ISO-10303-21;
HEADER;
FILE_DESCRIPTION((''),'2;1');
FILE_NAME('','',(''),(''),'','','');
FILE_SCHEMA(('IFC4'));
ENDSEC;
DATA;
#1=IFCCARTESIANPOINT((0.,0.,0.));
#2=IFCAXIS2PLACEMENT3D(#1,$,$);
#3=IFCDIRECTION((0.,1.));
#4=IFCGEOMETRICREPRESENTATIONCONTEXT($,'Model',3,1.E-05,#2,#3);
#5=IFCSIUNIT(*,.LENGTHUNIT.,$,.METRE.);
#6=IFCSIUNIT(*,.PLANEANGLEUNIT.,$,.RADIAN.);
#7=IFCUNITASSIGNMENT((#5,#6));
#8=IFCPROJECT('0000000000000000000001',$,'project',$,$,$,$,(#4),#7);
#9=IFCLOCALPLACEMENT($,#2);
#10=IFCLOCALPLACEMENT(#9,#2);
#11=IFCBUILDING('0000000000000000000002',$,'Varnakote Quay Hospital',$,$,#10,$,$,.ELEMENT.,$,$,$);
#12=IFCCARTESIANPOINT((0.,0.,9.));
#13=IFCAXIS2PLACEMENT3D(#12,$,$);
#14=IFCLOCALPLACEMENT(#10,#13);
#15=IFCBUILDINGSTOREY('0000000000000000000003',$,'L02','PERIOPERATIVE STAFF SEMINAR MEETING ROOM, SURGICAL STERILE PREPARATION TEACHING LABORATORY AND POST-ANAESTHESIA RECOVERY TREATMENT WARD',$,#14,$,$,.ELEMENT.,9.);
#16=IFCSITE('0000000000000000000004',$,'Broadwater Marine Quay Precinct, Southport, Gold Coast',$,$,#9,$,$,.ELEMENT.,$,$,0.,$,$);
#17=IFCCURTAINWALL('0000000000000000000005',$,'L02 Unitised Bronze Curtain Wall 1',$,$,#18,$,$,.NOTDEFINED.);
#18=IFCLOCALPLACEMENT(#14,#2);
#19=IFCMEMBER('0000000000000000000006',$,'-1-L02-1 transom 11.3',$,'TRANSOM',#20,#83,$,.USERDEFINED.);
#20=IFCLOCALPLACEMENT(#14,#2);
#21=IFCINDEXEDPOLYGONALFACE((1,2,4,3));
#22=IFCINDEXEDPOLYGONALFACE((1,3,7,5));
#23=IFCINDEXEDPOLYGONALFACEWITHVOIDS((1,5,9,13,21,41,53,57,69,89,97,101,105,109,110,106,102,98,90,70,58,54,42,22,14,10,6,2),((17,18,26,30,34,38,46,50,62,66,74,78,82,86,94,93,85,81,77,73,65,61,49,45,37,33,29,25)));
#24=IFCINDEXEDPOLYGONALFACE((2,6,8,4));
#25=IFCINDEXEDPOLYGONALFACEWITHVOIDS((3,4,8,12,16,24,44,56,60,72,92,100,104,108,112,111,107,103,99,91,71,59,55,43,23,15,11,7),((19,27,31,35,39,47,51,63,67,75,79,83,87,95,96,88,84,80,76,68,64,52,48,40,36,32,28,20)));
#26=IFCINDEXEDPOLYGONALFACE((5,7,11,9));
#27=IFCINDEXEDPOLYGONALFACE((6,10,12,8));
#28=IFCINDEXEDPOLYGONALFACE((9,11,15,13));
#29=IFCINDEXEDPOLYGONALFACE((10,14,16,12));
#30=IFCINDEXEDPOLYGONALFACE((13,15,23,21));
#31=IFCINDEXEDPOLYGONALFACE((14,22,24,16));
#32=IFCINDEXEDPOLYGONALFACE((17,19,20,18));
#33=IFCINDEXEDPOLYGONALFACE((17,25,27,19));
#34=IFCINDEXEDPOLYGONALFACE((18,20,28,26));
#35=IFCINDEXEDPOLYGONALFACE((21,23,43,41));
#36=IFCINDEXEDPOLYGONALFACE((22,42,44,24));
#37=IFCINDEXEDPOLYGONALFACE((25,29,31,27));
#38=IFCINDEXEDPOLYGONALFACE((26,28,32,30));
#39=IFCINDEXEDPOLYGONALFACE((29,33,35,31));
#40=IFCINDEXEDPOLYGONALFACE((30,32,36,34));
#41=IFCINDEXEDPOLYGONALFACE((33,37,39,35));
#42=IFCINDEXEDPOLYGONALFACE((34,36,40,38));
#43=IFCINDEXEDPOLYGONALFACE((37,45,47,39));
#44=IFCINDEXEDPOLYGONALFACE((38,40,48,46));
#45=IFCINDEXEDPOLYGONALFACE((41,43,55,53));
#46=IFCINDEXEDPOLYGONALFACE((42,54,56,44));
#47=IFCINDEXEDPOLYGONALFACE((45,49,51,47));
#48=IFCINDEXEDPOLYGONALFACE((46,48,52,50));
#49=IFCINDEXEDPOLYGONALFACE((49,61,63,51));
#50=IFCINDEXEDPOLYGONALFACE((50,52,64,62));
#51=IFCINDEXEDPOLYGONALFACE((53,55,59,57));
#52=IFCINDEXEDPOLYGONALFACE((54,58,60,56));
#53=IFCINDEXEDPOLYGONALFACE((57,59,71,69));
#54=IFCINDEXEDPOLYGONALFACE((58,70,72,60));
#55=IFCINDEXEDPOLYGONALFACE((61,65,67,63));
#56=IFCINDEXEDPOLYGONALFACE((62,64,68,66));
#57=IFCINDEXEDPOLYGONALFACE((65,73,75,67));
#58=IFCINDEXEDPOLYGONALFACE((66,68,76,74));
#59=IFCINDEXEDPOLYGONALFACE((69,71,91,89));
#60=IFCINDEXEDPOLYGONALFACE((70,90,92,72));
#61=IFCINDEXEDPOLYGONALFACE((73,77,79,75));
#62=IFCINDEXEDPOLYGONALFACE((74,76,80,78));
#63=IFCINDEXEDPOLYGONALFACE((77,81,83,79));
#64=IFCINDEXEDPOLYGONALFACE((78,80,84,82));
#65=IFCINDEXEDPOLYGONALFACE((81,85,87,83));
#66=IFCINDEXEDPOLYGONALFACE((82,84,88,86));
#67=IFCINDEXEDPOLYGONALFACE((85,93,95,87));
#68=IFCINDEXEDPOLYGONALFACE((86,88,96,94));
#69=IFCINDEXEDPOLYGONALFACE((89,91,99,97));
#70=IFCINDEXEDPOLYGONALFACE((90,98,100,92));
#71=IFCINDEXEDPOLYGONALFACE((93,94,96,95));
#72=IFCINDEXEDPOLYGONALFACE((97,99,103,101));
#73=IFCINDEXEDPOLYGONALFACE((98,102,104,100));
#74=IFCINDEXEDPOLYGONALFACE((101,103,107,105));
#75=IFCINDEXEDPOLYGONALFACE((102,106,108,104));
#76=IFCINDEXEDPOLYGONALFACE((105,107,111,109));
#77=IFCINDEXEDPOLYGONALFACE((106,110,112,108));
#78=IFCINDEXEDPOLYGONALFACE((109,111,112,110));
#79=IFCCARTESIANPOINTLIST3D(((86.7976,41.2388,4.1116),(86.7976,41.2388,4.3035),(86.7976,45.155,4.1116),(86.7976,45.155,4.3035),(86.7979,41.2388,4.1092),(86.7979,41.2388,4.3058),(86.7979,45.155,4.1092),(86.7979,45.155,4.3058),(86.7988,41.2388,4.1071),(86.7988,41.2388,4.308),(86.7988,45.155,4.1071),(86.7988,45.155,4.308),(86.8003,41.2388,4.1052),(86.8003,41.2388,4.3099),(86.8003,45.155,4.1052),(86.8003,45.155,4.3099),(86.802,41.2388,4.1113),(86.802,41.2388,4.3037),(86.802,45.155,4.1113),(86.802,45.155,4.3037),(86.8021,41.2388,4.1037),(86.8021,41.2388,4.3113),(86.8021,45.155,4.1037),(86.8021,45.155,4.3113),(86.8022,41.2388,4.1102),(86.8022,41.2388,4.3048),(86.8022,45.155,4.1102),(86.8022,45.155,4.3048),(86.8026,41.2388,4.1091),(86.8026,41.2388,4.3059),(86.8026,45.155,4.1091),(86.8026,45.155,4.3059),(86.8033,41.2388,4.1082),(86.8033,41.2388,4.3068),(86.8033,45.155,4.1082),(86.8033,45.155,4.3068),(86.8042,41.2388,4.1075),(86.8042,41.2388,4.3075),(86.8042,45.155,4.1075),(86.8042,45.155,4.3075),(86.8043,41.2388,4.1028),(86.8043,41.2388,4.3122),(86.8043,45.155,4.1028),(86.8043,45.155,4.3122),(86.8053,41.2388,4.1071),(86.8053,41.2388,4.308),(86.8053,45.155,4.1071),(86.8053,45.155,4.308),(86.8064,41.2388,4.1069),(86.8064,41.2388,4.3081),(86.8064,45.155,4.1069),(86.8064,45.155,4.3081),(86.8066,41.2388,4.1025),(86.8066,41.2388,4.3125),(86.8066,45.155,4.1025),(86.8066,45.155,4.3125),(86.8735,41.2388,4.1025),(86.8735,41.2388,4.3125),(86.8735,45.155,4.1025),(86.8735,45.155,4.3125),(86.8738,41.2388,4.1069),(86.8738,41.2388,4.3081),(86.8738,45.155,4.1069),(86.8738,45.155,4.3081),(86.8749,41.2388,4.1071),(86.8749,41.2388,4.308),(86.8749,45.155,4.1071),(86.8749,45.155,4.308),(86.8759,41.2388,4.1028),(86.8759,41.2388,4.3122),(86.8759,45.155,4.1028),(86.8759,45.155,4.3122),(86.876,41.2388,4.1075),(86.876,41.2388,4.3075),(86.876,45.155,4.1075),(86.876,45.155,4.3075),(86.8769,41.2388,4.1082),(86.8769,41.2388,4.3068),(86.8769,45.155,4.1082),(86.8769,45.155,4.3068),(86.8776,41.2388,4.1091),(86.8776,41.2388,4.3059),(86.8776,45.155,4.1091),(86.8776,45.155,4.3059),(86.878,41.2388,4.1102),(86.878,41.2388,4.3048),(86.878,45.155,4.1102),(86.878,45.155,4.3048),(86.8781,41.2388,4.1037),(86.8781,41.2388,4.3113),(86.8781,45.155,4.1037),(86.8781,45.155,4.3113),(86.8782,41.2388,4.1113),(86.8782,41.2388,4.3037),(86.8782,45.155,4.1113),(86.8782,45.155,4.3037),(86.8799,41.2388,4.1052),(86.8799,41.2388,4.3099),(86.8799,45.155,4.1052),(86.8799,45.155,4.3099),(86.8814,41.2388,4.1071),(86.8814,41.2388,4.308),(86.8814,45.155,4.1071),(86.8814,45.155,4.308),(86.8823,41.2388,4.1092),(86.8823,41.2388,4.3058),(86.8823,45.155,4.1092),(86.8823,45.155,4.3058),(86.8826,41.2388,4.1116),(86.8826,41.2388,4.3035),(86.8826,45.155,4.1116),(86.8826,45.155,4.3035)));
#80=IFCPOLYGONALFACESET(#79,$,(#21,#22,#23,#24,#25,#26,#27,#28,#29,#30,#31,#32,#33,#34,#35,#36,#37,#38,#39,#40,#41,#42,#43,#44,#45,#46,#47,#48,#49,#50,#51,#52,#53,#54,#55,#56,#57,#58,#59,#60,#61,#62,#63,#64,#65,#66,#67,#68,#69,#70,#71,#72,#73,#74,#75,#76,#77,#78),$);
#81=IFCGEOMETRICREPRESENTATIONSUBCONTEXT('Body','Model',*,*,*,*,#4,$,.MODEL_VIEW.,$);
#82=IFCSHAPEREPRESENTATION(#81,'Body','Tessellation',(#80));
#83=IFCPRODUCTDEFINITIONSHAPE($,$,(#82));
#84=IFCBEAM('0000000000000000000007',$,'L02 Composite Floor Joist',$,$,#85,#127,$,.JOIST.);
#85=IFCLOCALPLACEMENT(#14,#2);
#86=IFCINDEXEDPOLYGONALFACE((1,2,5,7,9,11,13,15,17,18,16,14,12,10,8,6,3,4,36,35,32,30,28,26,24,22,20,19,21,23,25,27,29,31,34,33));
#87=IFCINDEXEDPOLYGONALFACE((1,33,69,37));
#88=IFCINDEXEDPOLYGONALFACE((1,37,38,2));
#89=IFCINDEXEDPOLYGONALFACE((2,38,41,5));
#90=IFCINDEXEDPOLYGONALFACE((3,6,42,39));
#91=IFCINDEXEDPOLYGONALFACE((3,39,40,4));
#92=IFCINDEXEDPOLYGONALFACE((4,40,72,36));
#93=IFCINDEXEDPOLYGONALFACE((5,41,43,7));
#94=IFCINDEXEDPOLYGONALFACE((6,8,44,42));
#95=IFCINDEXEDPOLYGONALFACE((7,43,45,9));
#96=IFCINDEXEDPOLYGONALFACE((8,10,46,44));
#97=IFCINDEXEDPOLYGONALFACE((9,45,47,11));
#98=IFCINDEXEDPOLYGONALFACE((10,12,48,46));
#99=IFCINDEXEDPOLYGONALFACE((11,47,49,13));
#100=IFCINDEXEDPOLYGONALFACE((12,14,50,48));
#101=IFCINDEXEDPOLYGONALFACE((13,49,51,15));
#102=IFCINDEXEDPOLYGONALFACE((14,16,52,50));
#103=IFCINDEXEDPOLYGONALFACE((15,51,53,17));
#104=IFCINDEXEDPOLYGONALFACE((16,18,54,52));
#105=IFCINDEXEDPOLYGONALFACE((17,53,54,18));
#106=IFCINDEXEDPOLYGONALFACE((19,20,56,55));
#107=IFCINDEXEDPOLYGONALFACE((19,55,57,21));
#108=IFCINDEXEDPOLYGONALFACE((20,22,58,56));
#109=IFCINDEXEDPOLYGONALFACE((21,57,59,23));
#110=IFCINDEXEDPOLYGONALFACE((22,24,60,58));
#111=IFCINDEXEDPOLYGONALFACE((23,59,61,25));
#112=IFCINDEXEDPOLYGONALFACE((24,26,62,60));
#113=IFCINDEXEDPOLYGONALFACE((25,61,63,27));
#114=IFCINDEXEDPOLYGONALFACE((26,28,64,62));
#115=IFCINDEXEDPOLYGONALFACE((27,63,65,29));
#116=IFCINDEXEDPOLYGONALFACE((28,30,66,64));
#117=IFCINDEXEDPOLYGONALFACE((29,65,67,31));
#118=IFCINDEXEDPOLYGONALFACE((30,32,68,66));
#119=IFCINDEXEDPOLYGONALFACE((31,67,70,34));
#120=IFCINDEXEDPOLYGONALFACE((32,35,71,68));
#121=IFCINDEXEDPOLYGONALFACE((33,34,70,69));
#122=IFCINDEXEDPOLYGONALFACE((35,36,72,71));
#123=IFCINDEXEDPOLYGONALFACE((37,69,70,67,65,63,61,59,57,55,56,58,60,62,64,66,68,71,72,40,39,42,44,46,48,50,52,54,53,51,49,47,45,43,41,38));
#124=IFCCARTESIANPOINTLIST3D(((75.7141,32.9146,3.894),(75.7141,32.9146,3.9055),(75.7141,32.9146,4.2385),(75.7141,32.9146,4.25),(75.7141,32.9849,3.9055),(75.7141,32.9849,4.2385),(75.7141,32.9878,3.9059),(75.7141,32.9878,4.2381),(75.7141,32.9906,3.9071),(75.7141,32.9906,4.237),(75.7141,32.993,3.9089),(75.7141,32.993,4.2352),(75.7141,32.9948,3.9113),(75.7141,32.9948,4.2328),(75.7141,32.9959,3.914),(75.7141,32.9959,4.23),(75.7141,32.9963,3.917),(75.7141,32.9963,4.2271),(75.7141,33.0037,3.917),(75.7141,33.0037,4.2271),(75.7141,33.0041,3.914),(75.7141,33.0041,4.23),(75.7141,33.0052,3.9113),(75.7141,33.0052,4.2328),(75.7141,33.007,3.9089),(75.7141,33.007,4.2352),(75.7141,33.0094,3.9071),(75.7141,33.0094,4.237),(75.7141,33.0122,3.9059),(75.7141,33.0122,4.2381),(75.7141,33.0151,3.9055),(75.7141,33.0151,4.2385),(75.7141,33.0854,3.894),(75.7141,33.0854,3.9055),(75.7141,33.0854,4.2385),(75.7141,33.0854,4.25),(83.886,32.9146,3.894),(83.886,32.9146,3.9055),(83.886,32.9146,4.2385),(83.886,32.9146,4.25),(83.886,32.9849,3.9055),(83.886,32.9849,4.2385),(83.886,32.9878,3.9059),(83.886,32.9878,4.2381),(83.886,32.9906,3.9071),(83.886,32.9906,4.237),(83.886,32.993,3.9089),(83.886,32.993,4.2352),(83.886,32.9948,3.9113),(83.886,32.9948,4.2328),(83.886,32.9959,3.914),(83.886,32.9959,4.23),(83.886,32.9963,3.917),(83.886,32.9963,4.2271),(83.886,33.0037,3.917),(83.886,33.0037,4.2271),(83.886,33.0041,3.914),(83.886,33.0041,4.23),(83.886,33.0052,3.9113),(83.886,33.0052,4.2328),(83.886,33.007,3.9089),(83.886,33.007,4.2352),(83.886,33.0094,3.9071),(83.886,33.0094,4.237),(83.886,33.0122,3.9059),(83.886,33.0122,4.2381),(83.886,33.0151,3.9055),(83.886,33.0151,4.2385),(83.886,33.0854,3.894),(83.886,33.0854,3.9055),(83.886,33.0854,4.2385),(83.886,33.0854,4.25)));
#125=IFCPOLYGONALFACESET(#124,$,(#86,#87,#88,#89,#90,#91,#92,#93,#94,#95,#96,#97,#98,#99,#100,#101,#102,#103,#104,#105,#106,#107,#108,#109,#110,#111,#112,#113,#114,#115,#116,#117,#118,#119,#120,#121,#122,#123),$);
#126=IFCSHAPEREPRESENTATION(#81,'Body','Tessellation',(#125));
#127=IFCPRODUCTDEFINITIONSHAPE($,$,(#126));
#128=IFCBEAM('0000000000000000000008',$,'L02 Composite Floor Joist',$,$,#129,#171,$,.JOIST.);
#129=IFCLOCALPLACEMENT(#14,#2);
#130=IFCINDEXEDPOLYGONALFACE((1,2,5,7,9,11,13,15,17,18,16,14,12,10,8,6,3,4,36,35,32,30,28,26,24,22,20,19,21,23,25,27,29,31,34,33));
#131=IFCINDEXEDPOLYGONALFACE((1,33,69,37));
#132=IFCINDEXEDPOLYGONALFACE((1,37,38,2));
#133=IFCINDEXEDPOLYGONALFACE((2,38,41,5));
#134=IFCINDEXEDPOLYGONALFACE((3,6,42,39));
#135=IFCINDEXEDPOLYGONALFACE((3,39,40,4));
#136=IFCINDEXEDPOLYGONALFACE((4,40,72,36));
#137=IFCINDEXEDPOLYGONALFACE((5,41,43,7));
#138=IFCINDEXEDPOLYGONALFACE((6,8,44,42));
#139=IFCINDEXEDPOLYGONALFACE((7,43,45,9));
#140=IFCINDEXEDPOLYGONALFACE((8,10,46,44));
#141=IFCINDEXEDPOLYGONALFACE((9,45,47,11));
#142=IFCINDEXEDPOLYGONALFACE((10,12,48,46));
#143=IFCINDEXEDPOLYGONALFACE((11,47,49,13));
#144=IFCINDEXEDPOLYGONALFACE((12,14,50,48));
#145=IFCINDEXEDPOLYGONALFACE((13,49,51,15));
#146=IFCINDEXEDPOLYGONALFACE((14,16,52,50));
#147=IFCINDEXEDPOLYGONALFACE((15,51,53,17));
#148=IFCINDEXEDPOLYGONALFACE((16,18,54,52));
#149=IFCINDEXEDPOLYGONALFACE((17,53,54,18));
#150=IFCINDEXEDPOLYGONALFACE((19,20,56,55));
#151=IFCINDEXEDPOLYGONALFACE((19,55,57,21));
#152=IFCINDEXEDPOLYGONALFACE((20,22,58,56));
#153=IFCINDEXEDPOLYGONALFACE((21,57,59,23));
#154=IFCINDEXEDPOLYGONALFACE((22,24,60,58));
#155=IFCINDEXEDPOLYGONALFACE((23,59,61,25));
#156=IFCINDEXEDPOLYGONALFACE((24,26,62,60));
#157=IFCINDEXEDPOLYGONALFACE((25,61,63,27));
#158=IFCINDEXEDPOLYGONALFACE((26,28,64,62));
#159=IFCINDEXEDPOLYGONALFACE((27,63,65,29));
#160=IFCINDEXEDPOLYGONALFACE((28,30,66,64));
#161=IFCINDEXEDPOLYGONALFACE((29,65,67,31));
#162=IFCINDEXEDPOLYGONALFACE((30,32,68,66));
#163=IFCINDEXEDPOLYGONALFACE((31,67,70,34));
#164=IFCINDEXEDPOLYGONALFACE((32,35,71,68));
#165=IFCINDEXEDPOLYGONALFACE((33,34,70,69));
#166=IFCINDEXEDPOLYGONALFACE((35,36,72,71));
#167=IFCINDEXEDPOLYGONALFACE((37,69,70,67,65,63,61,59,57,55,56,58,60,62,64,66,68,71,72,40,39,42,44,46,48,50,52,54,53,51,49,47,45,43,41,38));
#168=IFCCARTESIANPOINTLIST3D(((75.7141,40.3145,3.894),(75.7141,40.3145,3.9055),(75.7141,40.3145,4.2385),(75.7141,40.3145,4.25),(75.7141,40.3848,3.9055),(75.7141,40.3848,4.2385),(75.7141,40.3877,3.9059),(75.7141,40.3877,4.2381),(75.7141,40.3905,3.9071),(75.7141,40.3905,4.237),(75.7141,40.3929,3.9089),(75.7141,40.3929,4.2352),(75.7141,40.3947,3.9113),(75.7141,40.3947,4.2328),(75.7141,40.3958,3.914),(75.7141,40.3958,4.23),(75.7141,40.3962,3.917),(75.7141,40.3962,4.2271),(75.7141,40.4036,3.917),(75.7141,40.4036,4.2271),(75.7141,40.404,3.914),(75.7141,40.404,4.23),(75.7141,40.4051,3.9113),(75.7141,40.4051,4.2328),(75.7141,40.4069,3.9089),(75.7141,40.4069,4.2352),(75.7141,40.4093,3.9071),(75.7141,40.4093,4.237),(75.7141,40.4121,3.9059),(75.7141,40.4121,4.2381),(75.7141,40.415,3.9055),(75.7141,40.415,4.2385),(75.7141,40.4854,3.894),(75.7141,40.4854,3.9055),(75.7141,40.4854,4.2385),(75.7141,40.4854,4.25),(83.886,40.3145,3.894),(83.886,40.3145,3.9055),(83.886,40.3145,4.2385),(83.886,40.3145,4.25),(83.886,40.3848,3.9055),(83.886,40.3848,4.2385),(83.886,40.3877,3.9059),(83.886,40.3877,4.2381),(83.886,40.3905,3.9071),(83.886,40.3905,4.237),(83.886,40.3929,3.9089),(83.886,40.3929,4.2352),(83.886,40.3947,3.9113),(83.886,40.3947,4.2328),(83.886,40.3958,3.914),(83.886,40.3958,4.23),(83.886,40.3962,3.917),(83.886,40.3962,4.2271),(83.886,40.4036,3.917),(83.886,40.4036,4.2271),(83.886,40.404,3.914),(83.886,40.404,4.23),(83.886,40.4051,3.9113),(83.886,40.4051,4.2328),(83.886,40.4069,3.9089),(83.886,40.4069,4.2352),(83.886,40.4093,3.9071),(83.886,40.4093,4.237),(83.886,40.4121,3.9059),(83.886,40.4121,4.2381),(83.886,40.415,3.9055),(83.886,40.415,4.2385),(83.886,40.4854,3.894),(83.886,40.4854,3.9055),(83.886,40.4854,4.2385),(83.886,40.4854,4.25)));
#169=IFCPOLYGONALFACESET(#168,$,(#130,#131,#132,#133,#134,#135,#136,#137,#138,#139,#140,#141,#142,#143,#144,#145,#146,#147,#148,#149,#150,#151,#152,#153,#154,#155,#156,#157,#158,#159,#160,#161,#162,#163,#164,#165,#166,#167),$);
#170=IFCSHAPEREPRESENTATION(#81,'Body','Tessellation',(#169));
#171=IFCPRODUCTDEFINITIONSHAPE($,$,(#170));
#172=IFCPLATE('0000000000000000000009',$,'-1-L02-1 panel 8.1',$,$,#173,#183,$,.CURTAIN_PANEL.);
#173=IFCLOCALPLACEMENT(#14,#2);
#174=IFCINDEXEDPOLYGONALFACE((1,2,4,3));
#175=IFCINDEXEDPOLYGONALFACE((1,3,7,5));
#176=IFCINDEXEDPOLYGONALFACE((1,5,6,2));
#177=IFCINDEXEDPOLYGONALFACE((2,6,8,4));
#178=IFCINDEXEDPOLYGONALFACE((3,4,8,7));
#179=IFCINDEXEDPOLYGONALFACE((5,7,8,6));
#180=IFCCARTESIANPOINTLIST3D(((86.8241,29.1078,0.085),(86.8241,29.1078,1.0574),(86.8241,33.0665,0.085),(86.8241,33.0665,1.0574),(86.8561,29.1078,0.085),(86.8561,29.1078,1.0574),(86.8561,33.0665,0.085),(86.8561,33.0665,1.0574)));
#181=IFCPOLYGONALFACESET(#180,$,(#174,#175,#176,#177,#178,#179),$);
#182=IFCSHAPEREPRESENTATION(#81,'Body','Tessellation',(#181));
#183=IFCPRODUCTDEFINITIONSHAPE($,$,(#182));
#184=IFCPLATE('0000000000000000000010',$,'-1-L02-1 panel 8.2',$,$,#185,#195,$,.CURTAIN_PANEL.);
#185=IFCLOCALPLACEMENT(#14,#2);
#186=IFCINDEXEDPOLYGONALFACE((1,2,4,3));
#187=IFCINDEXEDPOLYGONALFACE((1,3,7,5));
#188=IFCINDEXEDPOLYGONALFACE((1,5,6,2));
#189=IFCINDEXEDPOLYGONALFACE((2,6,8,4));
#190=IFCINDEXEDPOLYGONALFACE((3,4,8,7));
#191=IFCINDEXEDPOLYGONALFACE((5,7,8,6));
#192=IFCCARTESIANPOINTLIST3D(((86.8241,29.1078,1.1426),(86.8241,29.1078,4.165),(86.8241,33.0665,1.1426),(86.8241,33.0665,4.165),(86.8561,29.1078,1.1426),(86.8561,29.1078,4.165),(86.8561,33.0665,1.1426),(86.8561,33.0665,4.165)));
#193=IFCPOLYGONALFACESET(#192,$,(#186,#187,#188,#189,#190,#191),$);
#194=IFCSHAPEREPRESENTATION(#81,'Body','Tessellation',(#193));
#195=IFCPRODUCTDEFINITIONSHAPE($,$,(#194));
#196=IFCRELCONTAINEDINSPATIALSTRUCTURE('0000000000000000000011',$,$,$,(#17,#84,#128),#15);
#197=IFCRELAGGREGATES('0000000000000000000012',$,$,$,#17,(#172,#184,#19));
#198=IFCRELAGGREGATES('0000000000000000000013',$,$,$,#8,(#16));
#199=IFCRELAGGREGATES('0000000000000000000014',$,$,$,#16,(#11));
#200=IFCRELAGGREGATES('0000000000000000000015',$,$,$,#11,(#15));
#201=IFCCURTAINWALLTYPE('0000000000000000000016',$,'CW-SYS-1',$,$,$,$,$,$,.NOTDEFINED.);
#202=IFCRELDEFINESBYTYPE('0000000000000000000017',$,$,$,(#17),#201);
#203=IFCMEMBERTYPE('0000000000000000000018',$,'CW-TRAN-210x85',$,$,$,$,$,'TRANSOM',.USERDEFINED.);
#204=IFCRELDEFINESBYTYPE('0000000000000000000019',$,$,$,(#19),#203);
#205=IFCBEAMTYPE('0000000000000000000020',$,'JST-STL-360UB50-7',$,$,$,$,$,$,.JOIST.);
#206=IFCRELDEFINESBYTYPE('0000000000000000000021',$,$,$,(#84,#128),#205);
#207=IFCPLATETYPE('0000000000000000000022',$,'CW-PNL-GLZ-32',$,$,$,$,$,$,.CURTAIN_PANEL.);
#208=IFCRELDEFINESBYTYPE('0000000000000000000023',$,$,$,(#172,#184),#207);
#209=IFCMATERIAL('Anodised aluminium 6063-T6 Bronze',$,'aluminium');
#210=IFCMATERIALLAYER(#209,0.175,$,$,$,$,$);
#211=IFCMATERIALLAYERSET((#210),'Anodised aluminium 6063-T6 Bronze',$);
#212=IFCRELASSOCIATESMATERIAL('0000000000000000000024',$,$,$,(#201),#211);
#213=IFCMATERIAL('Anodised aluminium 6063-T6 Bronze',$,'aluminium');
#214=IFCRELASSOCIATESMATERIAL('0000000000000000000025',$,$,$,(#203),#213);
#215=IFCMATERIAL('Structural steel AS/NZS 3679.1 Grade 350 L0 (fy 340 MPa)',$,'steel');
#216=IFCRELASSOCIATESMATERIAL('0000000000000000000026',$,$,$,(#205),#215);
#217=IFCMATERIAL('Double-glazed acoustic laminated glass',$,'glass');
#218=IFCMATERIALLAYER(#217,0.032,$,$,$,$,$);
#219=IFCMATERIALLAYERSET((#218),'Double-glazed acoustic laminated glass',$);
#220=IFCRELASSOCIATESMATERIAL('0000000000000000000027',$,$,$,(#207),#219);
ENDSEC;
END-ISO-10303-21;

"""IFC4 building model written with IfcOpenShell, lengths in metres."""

from ifc_helpers import new_model, si_unit, direction, frame, origin, origin_2d, place, context, subcontext, project, spatial, rectangle, hollow_rectangle, i_section, extrude, material, layer, layer_set, material_profile, profile_set, type_object, element, aggregate, save


model = new_model("IFC4")

# Units and contexts
model_context = context("Model", 3, precision=1e-05, world=origin(), true_north=direction((0.0, 1.0)))
body_context = subcontext(model_context, "Body", "Model", "MODEL_VIEW")
ifc_project = project(units=[si_unit("LENGTHUNIT", "METRE"), si_unit("PLANEANGLEUNIT", "RADIAN")], contexts=[model_context])

# Site, building, storey
site_placement = place(None, origin())
site = spatial("IfcSite", under=ifc_project, at=site_placement, Name="Broadwater Marine Quay Precinct, Southport, Gold Coast", CompositionType="ELEMENT", RefElevation=0.0)
building_placement = place(site_placement, origin())
building = spatial("IfcBuilding", under=site, at=building_placement, Name="Varnakote Quay Hospital", CompositionType="ELEMENT")
storey_placement = place(building_placement, frame((0.0, 0.0, 9.0)))
storey = spatial("IfcBuildingStorey", under=building, at=storey_placement, Name="L02", Description="PERIOPERATIVE STAFF SEMINAR MEETING ROOM, SURGICAL STERILE PREPARATION TEACHING LABORATORY AND POST-ANAESTHESIA RECOVERY TREATMENT WARD", CompositionType="ELEMENT", Elevation=9.0)

# Curtain wall, member
ifc_material_1 = material(Name="Anodised aluminium 6063-T6 Bronze", Category="aluminium")
ifc_layer_1 = layer(ifc_material_1, 0.175)
ifc_layer_set_1 = layer_set([ifc_layer_1], Name="Anodised aluminium 6063-T6 Bronze")
curtain_wall_type = type_object("IfcCurtainWallType", Name="CW-SYS-1", PredefinedType="NOTDEFINED", material=ifc_layer_set_1)
curtain_wall_placement = place(storey_placement, origin())
curtain_wall = element("IfcCurtainWall", 1, at=curtain_wall_placement, inside=storey, type_object=curtain_wall_type, Name="L02 Unitised Bronze Curtain Wall 1", PredefinedType="NOTDEFINED")
ifc_material_2 = material(Name="Anodised aluminium 6063-T6 Bronze", Category="aluminium")
ifc_material_profile_1 = material_profile(ifc_material_2, hollow_rectangle(XDim=0.085, YDim=0.21, WallThickness=0.0044, InnerFilletRadius=0.0044, OuterFilletRadius=0.009, at=origin_2d()), Name="CW-TRAN-210x85")
ifc_profile_set_1 = profile_set([ifc_material_profile_1], Name="Anodised aluminium 6063-T6 Bronze")
member_type_1 = type_object("IfcMemberType", Name="CW-TRAN-210x85", ElementType="TRANSOM", PredefinedType="USERDEFINED", material=ifc_profile_set_1)
member_1_placement = place(storey_placement, frame((86.8401, 41.2388, 4.2075), z_axis=(0.0, 1.0, 0.0), x_axis=(-1.0, 0.0, 0.0)))
member_1 = element("IfcMember", 2, at=member_1_placement, type_object=member_type_1, Name="-1-L02-1 transom 11.3", ObjectType="TRANSOM", PredefinedType="USERDEFINED", context=body_context, shape_type="SweptSolid", body=[
    extrude(hollow_rectangle(XDim=0.085, YDim=0.21, WallThickness=0.0044, InnerFilletRadius=0.0044, OuterFilletRadius=0.009, at=origin_2d()), origin(), (0.0, 0.0, 1.0), 3.9163),
])

# Beams
ifc_material_3 = material(Name="Structural steel AS/NZS 3679.1 Grade 350 L0 (fy 340 MPa)", Category="steel")
ifc_material_profile_2 = material_profile(ifc_material_3, i_section(OverallWidth=0.1709, OverallDepth=0.356, WebThickness=0.0073, FlangeThickness=0.0115, FilletRadius=0.0115, at=origin_2d()), Name="360UB50.7")
ifc_profile_set_2 = profile_set([ifc_material_profile_2], Name="Structural steel AS/NZS 3679.1 Grade 350 L0 (fy 340 MPa)")
beam_type_1 = type_object("IfcBeamType", Name="JST-STL-360UB50-7", PredefinedType="JOIST", material=ifc_profile_set_2)
for number, where, z_axis, x_axis, name in (
    (3, (75.7141, 33.0, 4.072), (1.0, 0.0, 0.0), (0.0, 1.0, 0.0), "L02 Composite Floor Joist"),
    (4, (75.7141, 40.3999, 4.072), (1.0, 0.0, 0.0), (0.0, 1.0, 0.0), "L02 Composite Floor Joist"),
):
    element("IfcBeam", number, at=place(storey_placement, frame(where, z_axis=z_axis, x_axis=x_axis)), inside=storey, type_object=beam_type_1, Name=name, PredefinedType="JOIST", context=body_context, shape_type="SweptSolid", body=[
        extrude(i_section(OverallWidth=0.1709, OverallDepth=0.356, WebThickness=0.0073, FlangeThickness=0.0115, FilletRadius=0.0115, at=origin_2d()), origin(), (0.0, 0.0, 1.0), 8.1719),
    ])

# Plates
ifc_material_4 = material(Name="Double-glazed acoustic laminated glass", Category="glass")
ifc_layer_2 = layer(ifc_material_4, 0.032)
ifc_layer_set_2 = layer_set([ifc_layer_2], Name="Double-glazed acoustic laminated glass")
plate_type = type_object("IfcPlateType", Name="CW-PNL-GLZ-32", PredefinedType="CURTAIN_PANEL", material=ifc_layer_set_2)
plate_1_placement = place(storey_placement, frame((86.8401, 31.0872, 0.085), z_axis=(0.0, 0.0, 1.0), x_axis=(0.0, 1.0, 0.0)))
plate_1 = element("IfcPlate", 5, at=plate_1_placement, type_object=plate_type, Name="-1-L02-1 panel 8.1", PredefinedType="CURTAIN_PANEL", context=body_context, shape_type="SweptSolid", body=[
    extrude(rectangle(XDim=3.9587, YDim=0.032, at=origin_2d()), origin(), (0.0, 0.0, 1.0), 0.9724),
])
plate_2_placement = place(storey_placement, frame((86.8401, 31.0872, 1.1426), z_axis=(0.0, 0.0, 1.0), x_axis=(0.0, 1.0, 0.0)))
plate_2 = element("IfcPlate", 6, at=plate_2_placement, type_object=plate_type, Name="-1-L02-1 panel 8.2", PredefinedType="CURTAIN_PANEL", context=body_context, shape_type="SweptSolid", body=[
    extrude(rectangle(XDim=3.9587, YDim=0.032, at=origin_2d()), origin(), (0.0, 0.0, 1.0), 3.0225),
])
aggregate(curtain_wall, [plate_1, plate_2, member_1])

save(model, "model.ifc")
